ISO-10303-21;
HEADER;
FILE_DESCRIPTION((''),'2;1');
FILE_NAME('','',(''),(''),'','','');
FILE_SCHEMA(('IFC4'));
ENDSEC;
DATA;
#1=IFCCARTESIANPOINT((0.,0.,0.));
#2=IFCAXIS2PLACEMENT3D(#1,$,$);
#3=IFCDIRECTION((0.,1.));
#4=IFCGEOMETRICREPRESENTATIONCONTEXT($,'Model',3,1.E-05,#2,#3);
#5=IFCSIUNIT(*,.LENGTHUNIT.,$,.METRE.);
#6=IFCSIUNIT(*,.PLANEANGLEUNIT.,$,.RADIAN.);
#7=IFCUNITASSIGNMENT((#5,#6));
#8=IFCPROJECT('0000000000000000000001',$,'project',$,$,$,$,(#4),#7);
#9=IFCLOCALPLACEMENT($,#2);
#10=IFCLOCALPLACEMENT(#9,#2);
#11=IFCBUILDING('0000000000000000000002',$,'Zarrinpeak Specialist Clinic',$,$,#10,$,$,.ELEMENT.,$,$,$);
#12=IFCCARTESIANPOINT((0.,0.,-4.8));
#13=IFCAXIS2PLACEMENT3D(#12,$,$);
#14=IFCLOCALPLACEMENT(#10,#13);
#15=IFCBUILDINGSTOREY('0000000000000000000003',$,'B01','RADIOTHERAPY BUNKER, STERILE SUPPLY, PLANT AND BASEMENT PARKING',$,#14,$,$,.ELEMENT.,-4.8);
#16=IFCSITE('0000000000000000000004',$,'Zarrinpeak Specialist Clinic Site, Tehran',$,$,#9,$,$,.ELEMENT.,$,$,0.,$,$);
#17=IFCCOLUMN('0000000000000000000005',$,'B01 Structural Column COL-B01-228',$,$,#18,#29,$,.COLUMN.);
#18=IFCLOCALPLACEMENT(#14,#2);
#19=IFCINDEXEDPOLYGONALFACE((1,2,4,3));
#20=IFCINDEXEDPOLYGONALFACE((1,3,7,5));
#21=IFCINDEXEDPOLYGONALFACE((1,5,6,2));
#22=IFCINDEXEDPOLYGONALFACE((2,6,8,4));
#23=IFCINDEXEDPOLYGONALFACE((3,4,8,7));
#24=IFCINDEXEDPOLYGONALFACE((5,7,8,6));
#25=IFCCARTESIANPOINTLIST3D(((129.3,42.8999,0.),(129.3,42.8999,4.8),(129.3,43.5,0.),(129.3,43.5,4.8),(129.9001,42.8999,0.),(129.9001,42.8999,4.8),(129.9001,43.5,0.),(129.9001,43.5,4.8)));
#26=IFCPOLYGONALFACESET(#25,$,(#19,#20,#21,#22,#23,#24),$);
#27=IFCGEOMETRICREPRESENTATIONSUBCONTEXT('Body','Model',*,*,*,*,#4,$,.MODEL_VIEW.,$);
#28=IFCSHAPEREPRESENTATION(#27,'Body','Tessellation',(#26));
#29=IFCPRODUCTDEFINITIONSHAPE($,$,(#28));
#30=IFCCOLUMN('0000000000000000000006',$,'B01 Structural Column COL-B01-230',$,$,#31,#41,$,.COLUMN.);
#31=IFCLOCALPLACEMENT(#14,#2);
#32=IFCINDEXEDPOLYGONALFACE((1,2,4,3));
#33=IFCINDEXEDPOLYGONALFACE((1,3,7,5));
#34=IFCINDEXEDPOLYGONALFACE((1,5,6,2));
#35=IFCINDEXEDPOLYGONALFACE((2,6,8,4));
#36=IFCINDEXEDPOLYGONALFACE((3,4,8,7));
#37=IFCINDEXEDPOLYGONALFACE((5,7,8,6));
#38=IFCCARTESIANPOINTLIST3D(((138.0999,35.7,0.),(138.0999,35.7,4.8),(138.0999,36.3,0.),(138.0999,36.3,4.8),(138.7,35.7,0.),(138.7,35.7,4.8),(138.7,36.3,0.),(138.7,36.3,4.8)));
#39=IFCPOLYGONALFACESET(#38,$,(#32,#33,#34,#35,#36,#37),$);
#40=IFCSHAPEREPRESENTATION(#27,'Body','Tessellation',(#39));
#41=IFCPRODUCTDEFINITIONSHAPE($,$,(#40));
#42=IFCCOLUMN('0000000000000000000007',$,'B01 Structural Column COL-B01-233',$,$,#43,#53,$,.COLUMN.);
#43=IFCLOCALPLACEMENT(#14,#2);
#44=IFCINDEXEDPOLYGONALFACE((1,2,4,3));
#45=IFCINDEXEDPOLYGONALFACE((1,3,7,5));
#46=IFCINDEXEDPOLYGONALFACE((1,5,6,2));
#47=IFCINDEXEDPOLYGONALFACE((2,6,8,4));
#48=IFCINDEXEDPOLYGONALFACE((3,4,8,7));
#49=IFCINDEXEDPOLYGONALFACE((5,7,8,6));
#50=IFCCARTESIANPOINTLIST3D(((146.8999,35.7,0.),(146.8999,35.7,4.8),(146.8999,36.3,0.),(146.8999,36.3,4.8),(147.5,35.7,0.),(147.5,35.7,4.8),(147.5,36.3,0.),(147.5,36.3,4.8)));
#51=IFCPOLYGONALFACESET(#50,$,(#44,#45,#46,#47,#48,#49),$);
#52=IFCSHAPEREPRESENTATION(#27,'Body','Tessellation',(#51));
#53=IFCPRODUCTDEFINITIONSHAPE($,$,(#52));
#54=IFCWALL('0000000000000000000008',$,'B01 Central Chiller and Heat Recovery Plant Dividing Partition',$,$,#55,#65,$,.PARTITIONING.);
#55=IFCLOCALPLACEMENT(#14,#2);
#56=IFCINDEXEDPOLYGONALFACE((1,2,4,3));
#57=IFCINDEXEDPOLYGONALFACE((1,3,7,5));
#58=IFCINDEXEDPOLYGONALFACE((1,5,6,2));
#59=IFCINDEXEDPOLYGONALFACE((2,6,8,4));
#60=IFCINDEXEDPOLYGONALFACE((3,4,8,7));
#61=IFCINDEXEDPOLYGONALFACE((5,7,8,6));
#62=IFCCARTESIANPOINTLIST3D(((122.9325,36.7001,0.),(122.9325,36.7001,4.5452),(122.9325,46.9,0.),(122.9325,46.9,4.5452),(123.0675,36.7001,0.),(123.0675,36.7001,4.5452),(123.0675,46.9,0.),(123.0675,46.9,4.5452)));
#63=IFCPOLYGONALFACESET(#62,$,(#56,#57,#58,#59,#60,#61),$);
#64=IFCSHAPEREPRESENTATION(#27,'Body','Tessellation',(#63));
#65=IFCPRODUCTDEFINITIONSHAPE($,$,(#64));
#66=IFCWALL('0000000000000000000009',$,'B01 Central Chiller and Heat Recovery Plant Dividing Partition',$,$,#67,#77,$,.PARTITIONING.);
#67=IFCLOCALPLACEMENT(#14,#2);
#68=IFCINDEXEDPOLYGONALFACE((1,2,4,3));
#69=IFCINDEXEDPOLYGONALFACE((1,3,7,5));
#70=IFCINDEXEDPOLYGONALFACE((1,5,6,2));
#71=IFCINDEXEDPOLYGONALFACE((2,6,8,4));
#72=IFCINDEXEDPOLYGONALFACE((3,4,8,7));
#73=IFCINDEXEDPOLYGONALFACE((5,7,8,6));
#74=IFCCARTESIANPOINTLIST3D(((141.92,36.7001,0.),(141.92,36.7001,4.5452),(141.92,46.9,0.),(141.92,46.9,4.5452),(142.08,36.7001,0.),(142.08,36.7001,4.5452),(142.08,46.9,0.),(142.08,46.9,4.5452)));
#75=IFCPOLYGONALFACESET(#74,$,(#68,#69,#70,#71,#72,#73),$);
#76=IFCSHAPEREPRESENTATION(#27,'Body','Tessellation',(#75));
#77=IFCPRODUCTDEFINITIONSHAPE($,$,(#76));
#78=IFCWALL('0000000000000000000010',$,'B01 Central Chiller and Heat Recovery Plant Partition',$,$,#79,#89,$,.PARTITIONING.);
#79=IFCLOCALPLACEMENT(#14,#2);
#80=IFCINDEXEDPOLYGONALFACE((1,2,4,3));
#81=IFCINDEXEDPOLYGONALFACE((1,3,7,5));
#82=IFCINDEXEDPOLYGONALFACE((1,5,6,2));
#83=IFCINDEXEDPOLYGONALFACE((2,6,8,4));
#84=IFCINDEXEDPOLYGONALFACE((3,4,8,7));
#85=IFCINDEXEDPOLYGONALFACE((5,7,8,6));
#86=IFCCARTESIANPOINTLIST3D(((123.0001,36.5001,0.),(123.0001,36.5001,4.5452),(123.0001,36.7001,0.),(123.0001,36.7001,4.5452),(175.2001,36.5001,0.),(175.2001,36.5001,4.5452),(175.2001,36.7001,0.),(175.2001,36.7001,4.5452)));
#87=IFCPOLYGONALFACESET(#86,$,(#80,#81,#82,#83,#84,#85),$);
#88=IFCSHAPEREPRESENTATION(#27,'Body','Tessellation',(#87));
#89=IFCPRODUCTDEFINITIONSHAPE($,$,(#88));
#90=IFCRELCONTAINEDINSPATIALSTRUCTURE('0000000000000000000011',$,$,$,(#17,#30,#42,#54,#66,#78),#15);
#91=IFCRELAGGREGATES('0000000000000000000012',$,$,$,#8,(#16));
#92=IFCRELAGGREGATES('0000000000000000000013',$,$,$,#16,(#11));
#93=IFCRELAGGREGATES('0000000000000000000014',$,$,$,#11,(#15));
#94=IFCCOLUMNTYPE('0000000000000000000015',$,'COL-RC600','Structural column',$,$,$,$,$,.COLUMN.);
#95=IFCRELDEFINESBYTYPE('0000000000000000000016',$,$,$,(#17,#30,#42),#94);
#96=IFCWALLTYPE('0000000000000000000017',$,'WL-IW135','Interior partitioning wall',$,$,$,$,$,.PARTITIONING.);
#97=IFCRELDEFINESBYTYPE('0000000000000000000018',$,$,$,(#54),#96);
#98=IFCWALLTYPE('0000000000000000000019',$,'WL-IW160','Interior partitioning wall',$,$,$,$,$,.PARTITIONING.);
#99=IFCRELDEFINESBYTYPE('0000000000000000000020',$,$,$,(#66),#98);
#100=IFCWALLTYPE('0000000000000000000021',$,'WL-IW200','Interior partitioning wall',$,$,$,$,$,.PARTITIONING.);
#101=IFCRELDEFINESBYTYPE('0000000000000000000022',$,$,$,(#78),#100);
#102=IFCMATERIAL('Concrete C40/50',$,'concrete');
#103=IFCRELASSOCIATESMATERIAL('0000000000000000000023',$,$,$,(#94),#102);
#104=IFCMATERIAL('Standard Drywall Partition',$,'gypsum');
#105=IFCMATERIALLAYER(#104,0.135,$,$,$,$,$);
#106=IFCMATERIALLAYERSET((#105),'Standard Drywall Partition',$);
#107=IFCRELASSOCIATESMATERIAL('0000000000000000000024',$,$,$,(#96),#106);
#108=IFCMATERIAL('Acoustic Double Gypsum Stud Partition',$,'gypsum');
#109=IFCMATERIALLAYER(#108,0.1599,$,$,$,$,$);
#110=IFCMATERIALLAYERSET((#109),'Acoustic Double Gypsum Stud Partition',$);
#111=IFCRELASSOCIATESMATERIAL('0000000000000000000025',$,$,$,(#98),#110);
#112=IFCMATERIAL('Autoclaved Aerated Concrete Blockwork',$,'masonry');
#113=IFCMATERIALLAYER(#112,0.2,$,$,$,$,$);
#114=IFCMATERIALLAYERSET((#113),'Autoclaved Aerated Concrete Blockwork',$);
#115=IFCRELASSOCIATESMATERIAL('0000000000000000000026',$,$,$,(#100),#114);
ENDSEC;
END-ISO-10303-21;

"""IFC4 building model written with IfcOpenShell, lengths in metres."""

from ifc_helpers import new_model, si_unit, direction, frame, frame_2d, origin, origin_2d, place, context, subcontext, project, spatial, rectangle, extrude, material, layer, layer_set, material_profile, profile_set, type_object, element, save


model = new_model("IFC4")

# Units and contexts
model_context = context("Model", 3, precision=1e-05, world=origin(), true_north=direction((0.0, 1.0)))
body_context = subcontext(model_context, "Body", "Model", "MODEL_VIEW")
ifc_project = project(units=[si_unit("LENGTHUNIT", "METRE"), si_unit("PLANEANGLEUNIT", "RADIAN")], contexts=[model_context])

# Site, building, storey
site_placement = place(None, origin())
site = spatial("IfcSite", under=ifc_project, at=site_placement, Name="Zarrinpeak Specialist Clinic Site, Tehran", CompositionType="ELEMENT", RefElevation=0.0)
building_placement = place(site_placement, origin())
building = spatial("IfcBuilding", under=site, at=building_placement, Name="Zarrinpeak Specialist Clinic", CompositionType="ELEMENT")
storey_placement = place(building_placement, frame((0.0, 0.0, -4.8)))
storey = spatial("IfcBuildingStorey", under=building, at=storey_placement, Name="B01", Description="RADIOTHERAPY BUNKER, STERILE SUPPLY, PLANT AND BASEMENT PARKING", CompositionType="ELEMENT", Elevation=-4.8)

# Shared definitions
ifc_material_1 = material(Name="Concrete C40/50", Category="concrete")

# Columns
ifc_material_profile_1 = material_profile(ifc_material_1, rectangle(XDim=0.6001, YDim=0.6001, at=origin_2d()), Name="RC 600x600")
ifc_profile_set_1 = profile_set([ifc_material_profile_1], Name="Concrete C40/50")
column_type = type_object("IfcColumnType", Name="COL-RC600", Description="Structural column", PredefinedType="COLUMN", material=ifc_profile_set_1)
for number, where, z_axis, x_axis, name in (
    (1, (129.6001, 43.2, 0.0), (0.0, 0.0, 1.0), (1.0, 0.0, 0.0), "B01 Structural Column COL-B01-228"),
    (2, (138.3999, 36.0, 0.0), (0.0, 0.0, 1.0), (1.0, 0.0, 0.0), "B01 Structural Column COL-B01-230"),
    (3, (147.2, 36.0, 0.0), (0.0, 0.0, 1.0), (1.0, 0.0, 0.0), "B01 Structural Column COL-B01-233"),
):
    element("IfcColumn", number, at=place(storey_placement, frame(where, z_axis=z_axis, x_axis=x_axis)), inside=storey, type_object=column_type, Name=name, PredefinedType="COLUMN", context=body_context, shape_type="SweptSolid", body=[
        extrude(rectangle(XDim=0.6001, YDim=0.6001, at=origin_2d()), origin(), (0.0, 0.0, 1.0), 4.8),
    ])

# Walls
ifc_material_2 = material(Name="Standard Drywall Partition", Category="gypsum")
ifc_layer_1 = layer(ifc_material_2, 0.135)
ifc_layer_set_1 = layer_set([ifc_layer_1], Name="Standard Drywall Partition")
wall_type_1 = type_object("IfcWallType", Name="WL-IW135", Description="Interior partitioning wall", PredefinedType="PARTITIONING", material=ifc_layer_set_1)
wall_1_placement = place(storey_placement, frame((123.0, 36.7, 0.0), z_axis=(0.0, 0.0, 1.0), x_axis=(0.0, 1.0, 0.0)))
element("IfcWall", 4, at=wall_1_placement, inside=storey, type_object=wall_type_1, Name="B01 Central Chiller and Heat Recovery Plant Dividing Partition", PredefinedType="PARTITIONING", context=body_context, shape_type="SweptSolid", body=[
    extrude(rectangle(XDim=10.2, YDim=0.135, at=frame_2d((5.1001, 0.0))), origin(), (0.0, 0.0, 1.0), 4.5452),
])
ifc_material_3 = material(Name="Acoustic Double Gypsum Stud Partition", Category="gypsum")
ifc_layer_2 = layer(ifc_material_3, 0.1599)
ifc_layer_set_2 = layer_set([ifc_layer_2], Name="Acoustic Double Gypsum Stud Partition")
wall_type_2 = type_object("IfcWallType", Name="WL-IW160", Description="Interior partitioning wall", PredefinedType="PARTITIONING", material=ifc_layer_set_2)
wall_2_placement = place(storey_placement, frame((142.0, 36.7, 0.0), z_axis=(0.0, 0.0, 1.0), x_axis=(0.0, 1.0, 0.0)))
element("IfcWall", 5, at=wall_2_placement, inside=storey, type_object=wall_type_2, Name="B01 Central Chiller and Heat Recovery Plant Dividing Partition", PredefinedType="PARTITIONING", context=body_context, shape_type="SweptSolid", body=[
    extrude(rectangle(XDim=10.2, YDim=0.1599, at=frame_2d((5.1001, 0.0))), origin(), (0.0, 0.0, 1.0), 4.5452),
])
ifc_material_4 = material(Name="Autoclaved Aerated Concrete Blockwork", Category="masonry")
ifc_layer_3 = layer(ifc_material_4, 0.2)
ifc_layer_set_3 = layer_set([ifc_layer_3], Name="Autoclaved Aerated Concrete Blockwork")
wall_type_3 = type_object("IfcWallType", Name="WL-IW200", Description="Interior partitioning wall", PredefinedType="PARTITIONING", material=ifc_layer_set_3)
wall_3_placement = place(storey_placement, frame((123.0, 36.6001, 0.0), z_axis=(0.0, 0.0, 1.0), x_axis=(1.0, 0.0, 0.0)))
element("IfcWall", 6, at=wall_3_placement, inside=storey, type_object=wall_type_3, Name="B01 Central Chiller and Heat Recovery Plant Partition", PredefinedType="PARTITIONING", context=body_context, shape_type="SweptSolid", body=[
    extrude(rectangle(XDim=52.2, YDim=0.2, at=frame_2d((26.1001, 0.0))), origin(), (0.0, 0.0, 1.0), 4.5452),
])

save(model, "model.ifc")
